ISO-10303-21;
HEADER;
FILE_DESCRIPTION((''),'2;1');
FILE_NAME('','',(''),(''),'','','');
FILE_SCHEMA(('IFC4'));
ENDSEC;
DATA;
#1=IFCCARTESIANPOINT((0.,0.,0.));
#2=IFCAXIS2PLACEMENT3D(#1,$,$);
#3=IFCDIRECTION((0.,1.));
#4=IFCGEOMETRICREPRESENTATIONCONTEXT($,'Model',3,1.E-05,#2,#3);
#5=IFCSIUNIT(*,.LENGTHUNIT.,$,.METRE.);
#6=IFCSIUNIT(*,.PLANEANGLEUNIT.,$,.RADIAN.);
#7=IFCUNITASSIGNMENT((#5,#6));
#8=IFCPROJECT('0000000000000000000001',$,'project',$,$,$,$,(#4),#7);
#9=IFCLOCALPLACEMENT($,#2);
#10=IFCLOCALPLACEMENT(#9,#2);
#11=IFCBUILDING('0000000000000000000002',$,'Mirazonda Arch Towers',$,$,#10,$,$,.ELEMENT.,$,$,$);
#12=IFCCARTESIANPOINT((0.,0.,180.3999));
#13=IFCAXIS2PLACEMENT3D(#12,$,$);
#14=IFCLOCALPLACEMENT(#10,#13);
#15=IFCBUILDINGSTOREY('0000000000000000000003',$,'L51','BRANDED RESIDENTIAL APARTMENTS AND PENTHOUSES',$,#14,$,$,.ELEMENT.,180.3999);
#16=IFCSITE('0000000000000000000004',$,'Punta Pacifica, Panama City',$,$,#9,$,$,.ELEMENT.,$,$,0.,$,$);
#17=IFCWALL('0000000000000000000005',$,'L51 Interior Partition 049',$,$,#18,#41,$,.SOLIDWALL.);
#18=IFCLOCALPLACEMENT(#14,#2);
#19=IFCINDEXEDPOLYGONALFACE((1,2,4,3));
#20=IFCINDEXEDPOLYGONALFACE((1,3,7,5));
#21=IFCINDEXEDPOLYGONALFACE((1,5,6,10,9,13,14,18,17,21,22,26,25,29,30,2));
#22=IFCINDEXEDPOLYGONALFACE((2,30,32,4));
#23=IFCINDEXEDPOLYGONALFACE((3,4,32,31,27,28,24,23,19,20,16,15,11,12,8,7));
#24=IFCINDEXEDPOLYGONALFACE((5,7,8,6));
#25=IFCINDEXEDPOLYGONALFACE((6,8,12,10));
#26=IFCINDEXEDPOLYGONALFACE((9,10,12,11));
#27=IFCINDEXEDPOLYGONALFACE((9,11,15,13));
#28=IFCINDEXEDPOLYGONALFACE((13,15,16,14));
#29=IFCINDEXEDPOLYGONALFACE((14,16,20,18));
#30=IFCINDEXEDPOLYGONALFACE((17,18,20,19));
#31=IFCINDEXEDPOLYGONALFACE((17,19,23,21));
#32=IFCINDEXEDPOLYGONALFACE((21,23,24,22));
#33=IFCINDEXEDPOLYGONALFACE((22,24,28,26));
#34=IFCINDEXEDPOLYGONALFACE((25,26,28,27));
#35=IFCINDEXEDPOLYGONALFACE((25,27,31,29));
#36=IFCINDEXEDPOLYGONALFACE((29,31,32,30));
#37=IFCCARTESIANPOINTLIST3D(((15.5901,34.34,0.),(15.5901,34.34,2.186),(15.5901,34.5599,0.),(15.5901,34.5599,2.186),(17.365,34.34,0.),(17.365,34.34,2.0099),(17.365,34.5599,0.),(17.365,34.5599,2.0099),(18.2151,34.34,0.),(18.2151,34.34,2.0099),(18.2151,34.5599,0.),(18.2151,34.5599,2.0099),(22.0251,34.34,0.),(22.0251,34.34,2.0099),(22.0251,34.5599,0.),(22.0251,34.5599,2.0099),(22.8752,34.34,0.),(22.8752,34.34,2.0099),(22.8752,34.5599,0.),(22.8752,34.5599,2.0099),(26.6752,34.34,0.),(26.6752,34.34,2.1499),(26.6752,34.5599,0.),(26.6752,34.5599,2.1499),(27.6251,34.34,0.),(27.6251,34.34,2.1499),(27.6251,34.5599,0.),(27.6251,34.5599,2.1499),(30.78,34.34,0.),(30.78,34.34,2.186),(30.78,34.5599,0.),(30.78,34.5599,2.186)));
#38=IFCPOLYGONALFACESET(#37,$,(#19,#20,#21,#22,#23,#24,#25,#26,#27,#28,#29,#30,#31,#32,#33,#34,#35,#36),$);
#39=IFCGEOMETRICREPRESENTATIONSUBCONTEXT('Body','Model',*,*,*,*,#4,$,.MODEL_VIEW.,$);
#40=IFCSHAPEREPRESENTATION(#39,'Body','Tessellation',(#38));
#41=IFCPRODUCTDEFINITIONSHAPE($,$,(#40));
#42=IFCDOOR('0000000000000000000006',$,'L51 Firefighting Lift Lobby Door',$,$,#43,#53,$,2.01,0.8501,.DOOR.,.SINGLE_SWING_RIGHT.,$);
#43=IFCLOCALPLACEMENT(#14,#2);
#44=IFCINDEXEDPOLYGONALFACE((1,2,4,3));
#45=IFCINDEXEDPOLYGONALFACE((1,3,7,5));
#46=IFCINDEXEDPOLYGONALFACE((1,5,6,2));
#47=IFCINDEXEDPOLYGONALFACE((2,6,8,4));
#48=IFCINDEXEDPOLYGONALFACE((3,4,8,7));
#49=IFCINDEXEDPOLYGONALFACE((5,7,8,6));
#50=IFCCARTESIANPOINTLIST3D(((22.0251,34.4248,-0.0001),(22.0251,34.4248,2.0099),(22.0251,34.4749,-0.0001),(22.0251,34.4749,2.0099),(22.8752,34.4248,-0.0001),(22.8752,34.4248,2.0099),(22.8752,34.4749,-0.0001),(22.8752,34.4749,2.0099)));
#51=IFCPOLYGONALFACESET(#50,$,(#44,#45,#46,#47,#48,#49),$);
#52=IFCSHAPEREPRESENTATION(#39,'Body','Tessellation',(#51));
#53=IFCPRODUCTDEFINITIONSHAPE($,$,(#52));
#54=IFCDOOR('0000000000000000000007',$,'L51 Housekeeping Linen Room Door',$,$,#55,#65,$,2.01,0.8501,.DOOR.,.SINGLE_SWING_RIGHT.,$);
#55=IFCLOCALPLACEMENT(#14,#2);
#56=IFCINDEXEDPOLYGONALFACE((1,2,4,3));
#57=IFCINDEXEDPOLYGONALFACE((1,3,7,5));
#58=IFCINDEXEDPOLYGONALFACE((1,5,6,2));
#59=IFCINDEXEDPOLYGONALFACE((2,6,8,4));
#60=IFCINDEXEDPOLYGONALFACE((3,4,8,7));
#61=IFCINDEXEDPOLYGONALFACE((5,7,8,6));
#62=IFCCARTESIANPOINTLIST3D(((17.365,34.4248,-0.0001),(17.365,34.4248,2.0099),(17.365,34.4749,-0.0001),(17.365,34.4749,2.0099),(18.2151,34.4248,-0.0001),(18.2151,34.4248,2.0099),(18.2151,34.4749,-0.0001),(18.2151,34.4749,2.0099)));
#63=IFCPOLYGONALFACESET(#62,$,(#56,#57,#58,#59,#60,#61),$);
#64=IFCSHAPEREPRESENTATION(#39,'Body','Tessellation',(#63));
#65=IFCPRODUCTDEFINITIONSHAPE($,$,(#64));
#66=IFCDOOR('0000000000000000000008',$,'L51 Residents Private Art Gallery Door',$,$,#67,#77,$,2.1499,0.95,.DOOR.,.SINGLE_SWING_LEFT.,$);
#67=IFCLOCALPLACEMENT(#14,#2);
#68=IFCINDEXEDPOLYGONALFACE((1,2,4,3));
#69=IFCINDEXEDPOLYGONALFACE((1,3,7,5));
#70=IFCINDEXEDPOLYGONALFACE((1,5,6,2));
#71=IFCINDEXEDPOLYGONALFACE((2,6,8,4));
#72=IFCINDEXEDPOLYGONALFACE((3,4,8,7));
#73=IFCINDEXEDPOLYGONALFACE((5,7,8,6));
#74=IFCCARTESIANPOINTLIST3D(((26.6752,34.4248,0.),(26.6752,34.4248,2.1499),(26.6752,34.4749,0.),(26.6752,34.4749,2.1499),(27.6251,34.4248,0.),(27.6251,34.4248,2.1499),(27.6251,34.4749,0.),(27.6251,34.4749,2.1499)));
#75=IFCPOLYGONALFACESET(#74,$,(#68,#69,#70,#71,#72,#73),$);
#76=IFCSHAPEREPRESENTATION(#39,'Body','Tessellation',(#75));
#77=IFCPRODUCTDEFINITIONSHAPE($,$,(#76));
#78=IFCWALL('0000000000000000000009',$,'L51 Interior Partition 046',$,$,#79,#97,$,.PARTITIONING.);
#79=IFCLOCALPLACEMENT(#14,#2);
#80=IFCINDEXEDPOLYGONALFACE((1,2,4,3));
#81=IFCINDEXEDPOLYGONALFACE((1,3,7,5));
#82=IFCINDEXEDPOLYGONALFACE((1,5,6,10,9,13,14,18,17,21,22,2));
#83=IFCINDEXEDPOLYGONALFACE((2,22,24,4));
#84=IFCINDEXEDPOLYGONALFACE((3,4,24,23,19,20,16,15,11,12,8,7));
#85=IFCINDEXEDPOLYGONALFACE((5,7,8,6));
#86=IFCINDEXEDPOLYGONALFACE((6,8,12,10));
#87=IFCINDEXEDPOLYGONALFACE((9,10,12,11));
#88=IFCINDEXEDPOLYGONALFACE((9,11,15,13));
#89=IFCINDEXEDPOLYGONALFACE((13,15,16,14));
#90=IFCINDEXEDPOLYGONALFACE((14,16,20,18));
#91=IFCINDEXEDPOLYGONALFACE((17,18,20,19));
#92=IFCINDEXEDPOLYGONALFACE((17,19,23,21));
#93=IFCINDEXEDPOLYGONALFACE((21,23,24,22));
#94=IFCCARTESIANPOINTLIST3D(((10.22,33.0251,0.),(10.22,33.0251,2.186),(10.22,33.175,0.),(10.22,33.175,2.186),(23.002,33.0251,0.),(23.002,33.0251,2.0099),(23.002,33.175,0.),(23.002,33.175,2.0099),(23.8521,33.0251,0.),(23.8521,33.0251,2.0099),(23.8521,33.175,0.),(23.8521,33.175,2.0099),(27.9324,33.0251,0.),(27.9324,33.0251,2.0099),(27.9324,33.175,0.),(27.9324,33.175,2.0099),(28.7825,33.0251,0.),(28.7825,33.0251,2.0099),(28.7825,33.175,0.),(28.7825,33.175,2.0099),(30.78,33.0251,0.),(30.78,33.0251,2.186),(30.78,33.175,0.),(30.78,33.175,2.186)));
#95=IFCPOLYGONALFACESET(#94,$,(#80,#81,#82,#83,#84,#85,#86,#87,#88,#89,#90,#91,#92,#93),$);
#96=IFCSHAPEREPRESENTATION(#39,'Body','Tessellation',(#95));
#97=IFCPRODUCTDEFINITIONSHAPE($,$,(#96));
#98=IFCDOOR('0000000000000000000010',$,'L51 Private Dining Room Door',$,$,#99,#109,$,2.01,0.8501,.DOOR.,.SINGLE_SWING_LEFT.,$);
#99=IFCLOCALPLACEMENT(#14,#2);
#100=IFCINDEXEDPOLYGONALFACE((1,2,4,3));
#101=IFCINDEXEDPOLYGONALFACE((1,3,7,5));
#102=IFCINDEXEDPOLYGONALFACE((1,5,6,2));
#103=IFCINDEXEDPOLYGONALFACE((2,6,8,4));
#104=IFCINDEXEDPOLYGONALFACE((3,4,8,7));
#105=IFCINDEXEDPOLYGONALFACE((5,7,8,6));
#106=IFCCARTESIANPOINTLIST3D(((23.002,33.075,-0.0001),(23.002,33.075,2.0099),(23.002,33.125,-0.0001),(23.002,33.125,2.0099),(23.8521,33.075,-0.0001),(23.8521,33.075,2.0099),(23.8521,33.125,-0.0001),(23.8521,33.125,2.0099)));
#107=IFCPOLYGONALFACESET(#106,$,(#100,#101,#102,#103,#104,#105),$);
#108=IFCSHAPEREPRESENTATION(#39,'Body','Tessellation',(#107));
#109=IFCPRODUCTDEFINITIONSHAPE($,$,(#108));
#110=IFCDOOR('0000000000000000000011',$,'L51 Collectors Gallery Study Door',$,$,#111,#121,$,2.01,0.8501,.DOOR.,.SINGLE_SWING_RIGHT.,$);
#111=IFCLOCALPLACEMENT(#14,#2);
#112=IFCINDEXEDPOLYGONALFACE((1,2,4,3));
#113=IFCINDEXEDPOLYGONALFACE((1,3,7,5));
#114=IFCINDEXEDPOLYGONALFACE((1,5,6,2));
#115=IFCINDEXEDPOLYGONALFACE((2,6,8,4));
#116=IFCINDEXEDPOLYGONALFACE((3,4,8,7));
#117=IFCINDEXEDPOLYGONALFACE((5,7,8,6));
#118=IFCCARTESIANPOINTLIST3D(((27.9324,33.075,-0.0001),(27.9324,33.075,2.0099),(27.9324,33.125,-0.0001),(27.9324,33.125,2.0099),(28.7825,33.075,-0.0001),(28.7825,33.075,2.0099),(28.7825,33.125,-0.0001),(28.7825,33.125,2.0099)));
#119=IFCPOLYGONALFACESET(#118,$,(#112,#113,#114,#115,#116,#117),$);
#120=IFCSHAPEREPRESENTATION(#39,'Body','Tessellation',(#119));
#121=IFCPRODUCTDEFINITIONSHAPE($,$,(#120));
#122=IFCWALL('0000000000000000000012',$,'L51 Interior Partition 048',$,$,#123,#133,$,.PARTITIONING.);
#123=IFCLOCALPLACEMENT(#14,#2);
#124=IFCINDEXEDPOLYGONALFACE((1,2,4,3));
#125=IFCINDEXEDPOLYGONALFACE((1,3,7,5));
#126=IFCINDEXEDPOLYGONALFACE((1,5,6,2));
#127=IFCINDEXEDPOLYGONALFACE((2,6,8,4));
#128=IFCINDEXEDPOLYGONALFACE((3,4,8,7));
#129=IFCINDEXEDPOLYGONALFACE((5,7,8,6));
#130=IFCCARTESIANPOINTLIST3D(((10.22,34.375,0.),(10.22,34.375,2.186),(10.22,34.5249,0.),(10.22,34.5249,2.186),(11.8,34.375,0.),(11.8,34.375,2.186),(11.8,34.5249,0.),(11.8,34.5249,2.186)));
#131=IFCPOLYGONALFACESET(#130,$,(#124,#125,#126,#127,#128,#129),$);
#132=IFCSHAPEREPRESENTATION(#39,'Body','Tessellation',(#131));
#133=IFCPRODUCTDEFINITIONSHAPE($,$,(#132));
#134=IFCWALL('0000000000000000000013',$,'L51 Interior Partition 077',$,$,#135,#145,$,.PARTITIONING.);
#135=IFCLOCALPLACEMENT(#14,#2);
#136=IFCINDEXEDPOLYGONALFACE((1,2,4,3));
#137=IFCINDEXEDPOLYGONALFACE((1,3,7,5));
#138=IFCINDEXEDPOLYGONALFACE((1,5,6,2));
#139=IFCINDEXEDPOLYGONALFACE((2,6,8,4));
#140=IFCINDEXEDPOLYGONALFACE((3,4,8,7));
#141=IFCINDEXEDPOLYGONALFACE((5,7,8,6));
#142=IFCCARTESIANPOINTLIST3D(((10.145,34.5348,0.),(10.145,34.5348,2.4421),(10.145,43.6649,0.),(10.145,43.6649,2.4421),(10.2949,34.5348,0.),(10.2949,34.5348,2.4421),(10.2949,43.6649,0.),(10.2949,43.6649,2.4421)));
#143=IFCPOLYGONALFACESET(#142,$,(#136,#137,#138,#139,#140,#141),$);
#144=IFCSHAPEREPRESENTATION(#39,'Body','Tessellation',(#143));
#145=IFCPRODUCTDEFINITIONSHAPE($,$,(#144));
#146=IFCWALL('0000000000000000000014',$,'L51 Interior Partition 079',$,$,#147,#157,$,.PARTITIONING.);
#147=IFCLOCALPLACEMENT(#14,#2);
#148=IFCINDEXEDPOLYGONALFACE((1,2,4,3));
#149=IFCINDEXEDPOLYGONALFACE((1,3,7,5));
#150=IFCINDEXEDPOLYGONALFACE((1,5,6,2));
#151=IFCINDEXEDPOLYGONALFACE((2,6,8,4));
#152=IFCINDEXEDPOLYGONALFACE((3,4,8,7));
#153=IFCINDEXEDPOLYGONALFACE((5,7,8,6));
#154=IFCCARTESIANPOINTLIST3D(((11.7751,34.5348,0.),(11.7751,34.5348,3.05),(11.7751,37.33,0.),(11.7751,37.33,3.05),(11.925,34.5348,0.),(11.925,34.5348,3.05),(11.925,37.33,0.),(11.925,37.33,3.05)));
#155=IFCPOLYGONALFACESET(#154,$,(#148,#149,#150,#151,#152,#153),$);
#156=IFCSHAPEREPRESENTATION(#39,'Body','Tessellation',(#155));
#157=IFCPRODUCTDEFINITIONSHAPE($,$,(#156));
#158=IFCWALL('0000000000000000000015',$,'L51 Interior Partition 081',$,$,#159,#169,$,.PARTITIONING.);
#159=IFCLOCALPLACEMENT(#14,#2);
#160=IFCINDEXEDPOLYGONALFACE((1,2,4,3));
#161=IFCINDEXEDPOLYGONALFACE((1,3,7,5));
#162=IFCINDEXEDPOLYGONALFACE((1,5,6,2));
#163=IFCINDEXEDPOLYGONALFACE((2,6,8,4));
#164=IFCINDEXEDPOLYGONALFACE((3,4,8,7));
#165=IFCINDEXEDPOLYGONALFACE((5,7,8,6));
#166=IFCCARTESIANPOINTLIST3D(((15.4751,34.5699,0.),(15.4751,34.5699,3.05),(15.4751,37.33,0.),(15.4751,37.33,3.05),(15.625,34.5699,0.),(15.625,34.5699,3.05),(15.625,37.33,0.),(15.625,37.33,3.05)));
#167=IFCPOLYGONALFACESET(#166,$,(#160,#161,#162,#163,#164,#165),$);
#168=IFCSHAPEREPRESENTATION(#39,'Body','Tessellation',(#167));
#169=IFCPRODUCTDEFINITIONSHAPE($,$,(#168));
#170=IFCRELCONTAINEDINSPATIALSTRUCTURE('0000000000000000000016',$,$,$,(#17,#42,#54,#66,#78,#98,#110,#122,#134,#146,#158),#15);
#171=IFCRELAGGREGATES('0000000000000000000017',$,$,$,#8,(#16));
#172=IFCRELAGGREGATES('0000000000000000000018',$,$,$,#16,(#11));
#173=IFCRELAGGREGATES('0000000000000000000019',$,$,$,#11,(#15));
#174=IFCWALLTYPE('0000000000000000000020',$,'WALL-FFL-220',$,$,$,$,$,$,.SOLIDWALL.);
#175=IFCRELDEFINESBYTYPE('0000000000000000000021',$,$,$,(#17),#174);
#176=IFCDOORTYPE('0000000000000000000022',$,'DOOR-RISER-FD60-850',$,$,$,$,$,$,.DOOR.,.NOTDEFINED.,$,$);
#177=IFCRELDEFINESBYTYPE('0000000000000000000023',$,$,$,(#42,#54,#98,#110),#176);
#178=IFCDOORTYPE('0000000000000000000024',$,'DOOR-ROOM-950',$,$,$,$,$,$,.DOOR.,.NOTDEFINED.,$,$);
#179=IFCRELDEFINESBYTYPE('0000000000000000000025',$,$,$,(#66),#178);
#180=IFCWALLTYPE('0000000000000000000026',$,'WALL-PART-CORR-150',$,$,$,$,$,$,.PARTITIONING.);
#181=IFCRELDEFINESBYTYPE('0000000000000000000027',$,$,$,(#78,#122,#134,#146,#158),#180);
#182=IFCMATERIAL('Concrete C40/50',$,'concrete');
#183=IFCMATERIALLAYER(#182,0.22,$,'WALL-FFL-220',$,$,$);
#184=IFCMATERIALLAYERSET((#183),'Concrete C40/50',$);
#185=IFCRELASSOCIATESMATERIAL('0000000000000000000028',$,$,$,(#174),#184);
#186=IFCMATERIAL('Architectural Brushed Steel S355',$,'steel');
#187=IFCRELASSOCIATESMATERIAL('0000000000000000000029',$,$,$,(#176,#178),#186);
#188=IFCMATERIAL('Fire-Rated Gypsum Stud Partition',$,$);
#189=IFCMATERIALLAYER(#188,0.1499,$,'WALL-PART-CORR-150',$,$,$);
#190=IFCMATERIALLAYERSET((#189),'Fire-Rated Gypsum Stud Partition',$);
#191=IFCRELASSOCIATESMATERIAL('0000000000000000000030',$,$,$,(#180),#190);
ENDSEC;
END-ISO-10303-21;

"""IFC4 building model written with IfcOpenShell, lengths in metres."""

from ifc_helpers import new_model, si_unit, direction, frame, frame_2d, origin, place, context, subcontext, project, spatial, rectangle, extrude, material, layer, layer_set, type_object, element, fill, save


model = new_model("IFC4")

# Units and contexts
model_context = context("Model", 3, precision=1e-05, world=origin(), true_north=direction((0.0, 1.0)))
body_context = subcontext(model_context, "Body", "Model", "MODEL_VIEW")
ifc_project = project(units=[si_unit("LENGTHUNIT", "METRE"), si_unit("PLANEANGLEUNIT", "RADIAN")], contexts=[model_context])

# Site, building, storey
site_placement = place(None, origin())
site = spatial("IfcSite", under=ifc_project, at=site_placement, Name="Punta Pacifica, Panama City", CompositionType="ELEMENT", RefElevation=0.0)
building_placement = place(site_placement, origin())
building = spatial("IfcBuilding", under=site, at=building_placement, Name="Mirazonda Arch Towers", CompositionType="ELEMENT")
storey_placement = place(building_placement, frame((0.0, 0.0, 180.3999)))
storey = spatial("IfcBuildingStorey", under=building, at=storey_placement, Name="L51", Description="BRANDED RESIDENTIAL APARTMENTS AND PENTHOUSES", CompositionType="ELEMENT", Elevation=180.3999)

# Walls, openings, doors
ifc_material_1 = material(Name="Architectural Brushed Steel S355", Category="steel")
ifc_material_2 = material(Name="Concrete C40/50", Category="concrete")
ifc_layer_1 = layer(ifc_material_2, 0.22, Name="WALL-FFL-220")
ifc_layer_set_1 = layer_set([ifc_layer_1], Name="Concrete C40/50")
wall_type_1 = type_object("IfcWallType", Name="WALL-FFL-220", PredefinedType="SOLIDWALL", material=ifc_layer_set_1)
wall_1_placement = place(storey_placement, frame((15.5901, 34.45, 0.0), z_axis=(0.0, 0.0, 1.0), x_axis=(1.0, 0.0, 0.0)))
wall_1 = element("IfcWall", 1, at=wall_1_placement, inside=storey, type_object=wall_type_1, Name="L51 Interior Partition 049", PredefinedType="SOLIDWALL", context=body_context, shape_type="SweptSolid", body=[
    extrude(rectangle(XDim=15.1899, YDim=0.22, at=frame_2d((7.595, 0.0))), origin(), (0.0, 0.0, 1.0), 2.186),
])
opening_1_placement = place(wall_1_placement, frame((6.4351, 0.0, 0.0)))
opening_1 = element("IfcOpeningElement", 2, at=opening_1_placement, cuts=wall_1, PredefinedType="OPENING", context=body_context, shape_type="SweptSolid", body=[
    extrude(rectangle(XDim=0.8501, YDim=2.01, at=frame_2d((0.425, 1.0049))), frame((0.0, 0.1199, 0.0), z_axis=(0.0, -1.0, 0.0), x_axis=(1.0, 0.0, 0.0)), (0.0, 0.0, 1.0), 0.24),
])
opening_2_placement = place(wall_1_placement, frame((11.085, 0.0, 0.0)))
opening_2 = element("IfcOpeningElement", 3, at=opening_2_placement, cuts=wall_1, PredefinedType="OPENING", context=body_context, shape_type="SweptSolid", body=[
    extrude(rectangle(XDim=0.95, YDim=2.1499, at=frame_2d((0.4751, 1.075))), frame((0.0, 0.1199, 0.0), z_axis=(0.0, -1.0, 0.0), x_axis=(1.0, 0.0, 0.0)), (0.0, 0.0, 1.0), 0.24),
])
opening_3_placement = place(wall_1_placement, frame((1.7749, 0.0, 0.0)))
opening_3 = element("IfcOpeningElement", 4, at=opening_3_placement, cuts=wall_1, PredefinedType="OPENING", context=body_context, shape_type="SweptSolid", body=[
    extrude(rectangle(XDim=0.8501, YDim=2.01, at=frame_2d((0.425, 1.0049))), frame((0.0, 0.1199, 0.0), z_axis=(0.0, -1.0, 0.0), x_axis=(1.0, 0.0, 0.0)), (0.0, 0.0, 1.0), 0.24),
])
door_type_1 = type_object("IfcDoorType", Name="DOOR-RISER-FD60-850", OperationType="NOTDEFINED", PredefinedType="DOOR", material=ifc_material_1)
door_1_placement = place(opening_1_placement, origin())
door_1 = element("IfcDoor", 5, at=door_1_placement, inside=storey, type_object=door_type_1, Name="L51 Firefighting Lift Lobby Door", OperationType="SINGLE_SWING_RIGHT", OverallHeight=2.01, OverallWidth=0.8501, PredefinedType="DOOR", context=body_context, shape_type="SweptSolid", body=[
    extrude(rectangle(XDim=0.8501, YDim=2.01, at=frame_2d((0.425, 1.0049))), frame((0.0, 0.0249, 0.0), z_axis=(0.0, -1.0, 0.0), x_axis=(1.0, 0.0, 0.0)), (0.0, 0.0, 1.0), 0.05),
])
fill(opening_1, door_1)
door_2_placement = place(opening_3_placement, origin())
door_2 = element("IfcDoor", 6, at=door_2_placement, inside=storey, type_object=door_type_1, Name="L51 Housekeeping Linen Room Door", OperationType="SINGLE_SWING_RIGHT", OverallHeight=2.01, OverallWidth=0.8501, PredefinedType="DOOR", context=body_context, shape_type="SweptSolid", body=[
    extrude(rectangle(XDim=0.8501, YDim=2.01, at=frame_2d((0.425, 1.0049))), frame((0.0, 0.0249, 0.0), z_axis=(0.0, -1.0, 0.0), x_axis=(1.0, 0.0, 0.0)), (0.0, 0.0, 1.0), 0.05),
])
fill(opening_3, door_2)
door_type_2 = type_object("IfcDoorType", Name="DOOR-ROOM-950", OperationType="NOTDEFINED", PredefinedType="DOOR", material=ifc_material_1)
door_3_placement = place(opening_2_placement, origin())
door_3 = element("IfcDoor", 7, at=door_3_placement, inside=storey, type_object=door_type_2, Name="L51 Residents Private Art Gallery Door", OperationType="SINGLE_SWING_LEFT", OverallHeight=2.1499, OverallWidth=0.95, PredefinedType="DOOR", context=body_context, shape_type="SweptSolid", body=[
    extrude(rectangle(XDim=0.95, YDim=2.1499, at=frame_2d((0.4751, 1.075))), frame((0.0, 0.0249, 0.0), z_axis=(0.0, -1.0, 0.0), x_axis=(1.0, 0.0, 0.0)), (0.0, 0.0, 1.0), 0.05),
])
fill(opening_2, door_3)
ifc_material_3 = material(Name="Fire-Rated Gypsum Stud Partition")
ifc_layer_2 = layer(ifc_material_3, 0.1499, Name="WALL-PART-CORR-150")
ifc_layer_set_2 = layer_set([ifc_layer_2], Name="Fire-Rated Gypsum Stud Partition")
wall_type_2 = type_object("IfcWallType", Name="WALL-PART-CORR-150", PredefinedType="PARTITIONING", material=ifc_layer_set_2)
wall_2_placement = place(storey_placement, frame((10.22, 33.1001, 0.0), z_axis=(0.0, 0.0, 1.0), x_axis=(1.0, 0.0, 0.0)))
wall_2 = element("IfcWall", 8, at=wall_2_placement, inside=storey, type_object=wall_type_2, Name="L51 Interior Partition 046", PredefinedType="PARTITIONING", context=body_context, shape_type="SweptSolid", body=[
    extrude(rectangle(XDim=20.5601, YDim=0.1499, at=frame_2d((10.28, 0.0))), origin(), (0.0, 0.0, 1.0), 2.186),
])
opening_4_placement = place(wall_2_placement, frame((12.782, 0.0, 0.0)))
opening_4 = element("IfcOpeningElement", 9, at=opening_4_placement, cuts=wall_2, PredefinedType="OPENING", context=body_context, shape_type="SweptSolid", body=[
    extrude(rectangle(XDim=0.8501, YDim=2.01, at=frame_2d((0.425, 1.0049))), frame((0.0, 0.085, 0.0), z_axis=(0.0, -1.0, 0.0), x_axis=(1.0, 0.0, 0.0)), (0.0, 0.0, 1.0), 0.1699),
])
opening_5_placement = place(wall_2_placement, frame((17.7124, 0.0, 0.0)))
opening_5 = element("IfcOpeningElement", 10, at=opening_5_placement, cuts=wall_2, PredefinedType="OPENING", context=body_context, shape_type="SweptSolid", body=[
    extrude(rectangle(XDim=0.8501, YDim=2.01, at=frame_2d((0.425, 1.0049))), frame((0.0, 0.085, 0.0), z_axis=(0.0, -1.0, 0.0), x_axis=(1.0, 0.0, 0.0)), (0.0, 0.0, 1.0), 0.1699),
])
door_4_placement = place(opening_4_placement, origin())
door_4 = element("IfcDoor", 11, at=door_4_placement, inside=storey, type_object=door_type_1, Name="L51 Private Dining Room Door", OperationType="SINGLE_SWING_LEFT", OverallHeight=2.01, OverallWidth=0.8501, PredefinedType="DOOR", context=body_context, shape_type="SweptSolid", body=[
    extrude(rectangle(XDim=0.8501, YDim=2.01, at=frame_2d((0.425, 1.0049))), frame((0.0, 0.0249, 0.0), z_axis=(0.0, -1.0, 0.0), x_axis=(1.0, 0.0, 0.0)), (0.0, 0.0, 1.0), 0.05),
])
fill(opening_4, door_4)
door_5_placement = place(opening_5_placement, origin())
door_5 = element("IfcDoor", 12, at=door_5_placement, inside=storey, type_object=door_type_1, Name="L51 Collectors Gallery Study Door", OperationType="SINGLE_SWING_RIGHT", OverallHeight=2.01, OverallWidth=0.8501, PredefinedType="DOOR", context=body_context, shape_type="SweptSolid", body=[
    extrude(rectangle(XDim=0.8501, YDim=2.01, at=frame_2d((0.425, 1.0049))), frame((0.0, 0.0249, 0.0), z_axis=(0.0, -1.0, 0.0), x_axis=(1.0, 0.0, 0.0)), (0.0, 0.0, 1.0), 0.05),
])
fill(opening_5, door_5)

# Walls
wall_3_placement = place(storey_placement, frame((10.22, 34.45, 0.0), z_axis=(0.0, 0.0, 1.0), x_axis=(1.0, 0.0, 0.0)))
element("IfcWall", 13, at=wall_3_placement, inside=storey, type_object=wall_type_2, Name="L51 Interior Partition 048", PredefinedType="PARTITIONING", context=body_context, shape_type="SweptSolid", body=[
    extrude(rectangle(XDim=1.5801, YDim=0.1499, at=frame_2d((0.79, 0.0))), origin(), (0.0, 0.0, 1.0), 2.186),
])
wall_4_placement = place(storey_placement, frame((10.22, 34.5349, 0.0), z_axis=(0.0, 0.0, 1.0), x_axis=(0.0, 1.0, 0.0)))
element("IfcWall", 14, at=wall_4_placement, inside=storey, type_object=wall_type_2, Name="L51 Interior Partition 077", PredefinedType="PARTITIONING", context=body_context, shape_type="SweptSolid", body=[
    extrude(rectangle(XDim=9.1301, YDim=0.1499, at=frame_2d((4.5649, 0.0))), origin(), (0.0, 0.0, 1.0), 2.4421),
])
wall_5_placement = place(storey_placement, frame((11.8501, 34.5349, 0.0), z_axis=(0.0, 0.0, 1.0), x_axis=(0.0, 1.0, 0.0)))
element("IfcWall", 15, at=wall_5_placement, inside=storey, type_object=wall_type_2, Name="L51 Interior Partition 079", PredefinedType="PARTITIONING", context=body_context, shape_type="SweptSolid", body=[
    extrude(rectangle(XDim=2.7952, YDim=0.1499, at=frame_2d((1.3975, 0.0))), origin(), (0.0, 0.0, 1.0), 3.05),
])
wall_6_placement = place(storey_placement, frame((15.55, 34.5701, 0.0), z_axis=(0.0, 0.0, 1.0), x_axis=(0.0, 1.0, 0.0)))
element("IfcWall", 16, at=wall_6_placement, inside=storey, type_object=wall_type_2, Name="L51 Interior Partition 081", PredefinedType="PARTITIONING", context=body_context, shape_type="SweptSolid", body=[
    extrude(rectangle(XDim=2.76, YDim=0.1499, at=frame_2d((1.3799, 0.0))), origin(), (0.0, 0.0, 1.0), 3.05),
])

save(model, "model.ifc")
